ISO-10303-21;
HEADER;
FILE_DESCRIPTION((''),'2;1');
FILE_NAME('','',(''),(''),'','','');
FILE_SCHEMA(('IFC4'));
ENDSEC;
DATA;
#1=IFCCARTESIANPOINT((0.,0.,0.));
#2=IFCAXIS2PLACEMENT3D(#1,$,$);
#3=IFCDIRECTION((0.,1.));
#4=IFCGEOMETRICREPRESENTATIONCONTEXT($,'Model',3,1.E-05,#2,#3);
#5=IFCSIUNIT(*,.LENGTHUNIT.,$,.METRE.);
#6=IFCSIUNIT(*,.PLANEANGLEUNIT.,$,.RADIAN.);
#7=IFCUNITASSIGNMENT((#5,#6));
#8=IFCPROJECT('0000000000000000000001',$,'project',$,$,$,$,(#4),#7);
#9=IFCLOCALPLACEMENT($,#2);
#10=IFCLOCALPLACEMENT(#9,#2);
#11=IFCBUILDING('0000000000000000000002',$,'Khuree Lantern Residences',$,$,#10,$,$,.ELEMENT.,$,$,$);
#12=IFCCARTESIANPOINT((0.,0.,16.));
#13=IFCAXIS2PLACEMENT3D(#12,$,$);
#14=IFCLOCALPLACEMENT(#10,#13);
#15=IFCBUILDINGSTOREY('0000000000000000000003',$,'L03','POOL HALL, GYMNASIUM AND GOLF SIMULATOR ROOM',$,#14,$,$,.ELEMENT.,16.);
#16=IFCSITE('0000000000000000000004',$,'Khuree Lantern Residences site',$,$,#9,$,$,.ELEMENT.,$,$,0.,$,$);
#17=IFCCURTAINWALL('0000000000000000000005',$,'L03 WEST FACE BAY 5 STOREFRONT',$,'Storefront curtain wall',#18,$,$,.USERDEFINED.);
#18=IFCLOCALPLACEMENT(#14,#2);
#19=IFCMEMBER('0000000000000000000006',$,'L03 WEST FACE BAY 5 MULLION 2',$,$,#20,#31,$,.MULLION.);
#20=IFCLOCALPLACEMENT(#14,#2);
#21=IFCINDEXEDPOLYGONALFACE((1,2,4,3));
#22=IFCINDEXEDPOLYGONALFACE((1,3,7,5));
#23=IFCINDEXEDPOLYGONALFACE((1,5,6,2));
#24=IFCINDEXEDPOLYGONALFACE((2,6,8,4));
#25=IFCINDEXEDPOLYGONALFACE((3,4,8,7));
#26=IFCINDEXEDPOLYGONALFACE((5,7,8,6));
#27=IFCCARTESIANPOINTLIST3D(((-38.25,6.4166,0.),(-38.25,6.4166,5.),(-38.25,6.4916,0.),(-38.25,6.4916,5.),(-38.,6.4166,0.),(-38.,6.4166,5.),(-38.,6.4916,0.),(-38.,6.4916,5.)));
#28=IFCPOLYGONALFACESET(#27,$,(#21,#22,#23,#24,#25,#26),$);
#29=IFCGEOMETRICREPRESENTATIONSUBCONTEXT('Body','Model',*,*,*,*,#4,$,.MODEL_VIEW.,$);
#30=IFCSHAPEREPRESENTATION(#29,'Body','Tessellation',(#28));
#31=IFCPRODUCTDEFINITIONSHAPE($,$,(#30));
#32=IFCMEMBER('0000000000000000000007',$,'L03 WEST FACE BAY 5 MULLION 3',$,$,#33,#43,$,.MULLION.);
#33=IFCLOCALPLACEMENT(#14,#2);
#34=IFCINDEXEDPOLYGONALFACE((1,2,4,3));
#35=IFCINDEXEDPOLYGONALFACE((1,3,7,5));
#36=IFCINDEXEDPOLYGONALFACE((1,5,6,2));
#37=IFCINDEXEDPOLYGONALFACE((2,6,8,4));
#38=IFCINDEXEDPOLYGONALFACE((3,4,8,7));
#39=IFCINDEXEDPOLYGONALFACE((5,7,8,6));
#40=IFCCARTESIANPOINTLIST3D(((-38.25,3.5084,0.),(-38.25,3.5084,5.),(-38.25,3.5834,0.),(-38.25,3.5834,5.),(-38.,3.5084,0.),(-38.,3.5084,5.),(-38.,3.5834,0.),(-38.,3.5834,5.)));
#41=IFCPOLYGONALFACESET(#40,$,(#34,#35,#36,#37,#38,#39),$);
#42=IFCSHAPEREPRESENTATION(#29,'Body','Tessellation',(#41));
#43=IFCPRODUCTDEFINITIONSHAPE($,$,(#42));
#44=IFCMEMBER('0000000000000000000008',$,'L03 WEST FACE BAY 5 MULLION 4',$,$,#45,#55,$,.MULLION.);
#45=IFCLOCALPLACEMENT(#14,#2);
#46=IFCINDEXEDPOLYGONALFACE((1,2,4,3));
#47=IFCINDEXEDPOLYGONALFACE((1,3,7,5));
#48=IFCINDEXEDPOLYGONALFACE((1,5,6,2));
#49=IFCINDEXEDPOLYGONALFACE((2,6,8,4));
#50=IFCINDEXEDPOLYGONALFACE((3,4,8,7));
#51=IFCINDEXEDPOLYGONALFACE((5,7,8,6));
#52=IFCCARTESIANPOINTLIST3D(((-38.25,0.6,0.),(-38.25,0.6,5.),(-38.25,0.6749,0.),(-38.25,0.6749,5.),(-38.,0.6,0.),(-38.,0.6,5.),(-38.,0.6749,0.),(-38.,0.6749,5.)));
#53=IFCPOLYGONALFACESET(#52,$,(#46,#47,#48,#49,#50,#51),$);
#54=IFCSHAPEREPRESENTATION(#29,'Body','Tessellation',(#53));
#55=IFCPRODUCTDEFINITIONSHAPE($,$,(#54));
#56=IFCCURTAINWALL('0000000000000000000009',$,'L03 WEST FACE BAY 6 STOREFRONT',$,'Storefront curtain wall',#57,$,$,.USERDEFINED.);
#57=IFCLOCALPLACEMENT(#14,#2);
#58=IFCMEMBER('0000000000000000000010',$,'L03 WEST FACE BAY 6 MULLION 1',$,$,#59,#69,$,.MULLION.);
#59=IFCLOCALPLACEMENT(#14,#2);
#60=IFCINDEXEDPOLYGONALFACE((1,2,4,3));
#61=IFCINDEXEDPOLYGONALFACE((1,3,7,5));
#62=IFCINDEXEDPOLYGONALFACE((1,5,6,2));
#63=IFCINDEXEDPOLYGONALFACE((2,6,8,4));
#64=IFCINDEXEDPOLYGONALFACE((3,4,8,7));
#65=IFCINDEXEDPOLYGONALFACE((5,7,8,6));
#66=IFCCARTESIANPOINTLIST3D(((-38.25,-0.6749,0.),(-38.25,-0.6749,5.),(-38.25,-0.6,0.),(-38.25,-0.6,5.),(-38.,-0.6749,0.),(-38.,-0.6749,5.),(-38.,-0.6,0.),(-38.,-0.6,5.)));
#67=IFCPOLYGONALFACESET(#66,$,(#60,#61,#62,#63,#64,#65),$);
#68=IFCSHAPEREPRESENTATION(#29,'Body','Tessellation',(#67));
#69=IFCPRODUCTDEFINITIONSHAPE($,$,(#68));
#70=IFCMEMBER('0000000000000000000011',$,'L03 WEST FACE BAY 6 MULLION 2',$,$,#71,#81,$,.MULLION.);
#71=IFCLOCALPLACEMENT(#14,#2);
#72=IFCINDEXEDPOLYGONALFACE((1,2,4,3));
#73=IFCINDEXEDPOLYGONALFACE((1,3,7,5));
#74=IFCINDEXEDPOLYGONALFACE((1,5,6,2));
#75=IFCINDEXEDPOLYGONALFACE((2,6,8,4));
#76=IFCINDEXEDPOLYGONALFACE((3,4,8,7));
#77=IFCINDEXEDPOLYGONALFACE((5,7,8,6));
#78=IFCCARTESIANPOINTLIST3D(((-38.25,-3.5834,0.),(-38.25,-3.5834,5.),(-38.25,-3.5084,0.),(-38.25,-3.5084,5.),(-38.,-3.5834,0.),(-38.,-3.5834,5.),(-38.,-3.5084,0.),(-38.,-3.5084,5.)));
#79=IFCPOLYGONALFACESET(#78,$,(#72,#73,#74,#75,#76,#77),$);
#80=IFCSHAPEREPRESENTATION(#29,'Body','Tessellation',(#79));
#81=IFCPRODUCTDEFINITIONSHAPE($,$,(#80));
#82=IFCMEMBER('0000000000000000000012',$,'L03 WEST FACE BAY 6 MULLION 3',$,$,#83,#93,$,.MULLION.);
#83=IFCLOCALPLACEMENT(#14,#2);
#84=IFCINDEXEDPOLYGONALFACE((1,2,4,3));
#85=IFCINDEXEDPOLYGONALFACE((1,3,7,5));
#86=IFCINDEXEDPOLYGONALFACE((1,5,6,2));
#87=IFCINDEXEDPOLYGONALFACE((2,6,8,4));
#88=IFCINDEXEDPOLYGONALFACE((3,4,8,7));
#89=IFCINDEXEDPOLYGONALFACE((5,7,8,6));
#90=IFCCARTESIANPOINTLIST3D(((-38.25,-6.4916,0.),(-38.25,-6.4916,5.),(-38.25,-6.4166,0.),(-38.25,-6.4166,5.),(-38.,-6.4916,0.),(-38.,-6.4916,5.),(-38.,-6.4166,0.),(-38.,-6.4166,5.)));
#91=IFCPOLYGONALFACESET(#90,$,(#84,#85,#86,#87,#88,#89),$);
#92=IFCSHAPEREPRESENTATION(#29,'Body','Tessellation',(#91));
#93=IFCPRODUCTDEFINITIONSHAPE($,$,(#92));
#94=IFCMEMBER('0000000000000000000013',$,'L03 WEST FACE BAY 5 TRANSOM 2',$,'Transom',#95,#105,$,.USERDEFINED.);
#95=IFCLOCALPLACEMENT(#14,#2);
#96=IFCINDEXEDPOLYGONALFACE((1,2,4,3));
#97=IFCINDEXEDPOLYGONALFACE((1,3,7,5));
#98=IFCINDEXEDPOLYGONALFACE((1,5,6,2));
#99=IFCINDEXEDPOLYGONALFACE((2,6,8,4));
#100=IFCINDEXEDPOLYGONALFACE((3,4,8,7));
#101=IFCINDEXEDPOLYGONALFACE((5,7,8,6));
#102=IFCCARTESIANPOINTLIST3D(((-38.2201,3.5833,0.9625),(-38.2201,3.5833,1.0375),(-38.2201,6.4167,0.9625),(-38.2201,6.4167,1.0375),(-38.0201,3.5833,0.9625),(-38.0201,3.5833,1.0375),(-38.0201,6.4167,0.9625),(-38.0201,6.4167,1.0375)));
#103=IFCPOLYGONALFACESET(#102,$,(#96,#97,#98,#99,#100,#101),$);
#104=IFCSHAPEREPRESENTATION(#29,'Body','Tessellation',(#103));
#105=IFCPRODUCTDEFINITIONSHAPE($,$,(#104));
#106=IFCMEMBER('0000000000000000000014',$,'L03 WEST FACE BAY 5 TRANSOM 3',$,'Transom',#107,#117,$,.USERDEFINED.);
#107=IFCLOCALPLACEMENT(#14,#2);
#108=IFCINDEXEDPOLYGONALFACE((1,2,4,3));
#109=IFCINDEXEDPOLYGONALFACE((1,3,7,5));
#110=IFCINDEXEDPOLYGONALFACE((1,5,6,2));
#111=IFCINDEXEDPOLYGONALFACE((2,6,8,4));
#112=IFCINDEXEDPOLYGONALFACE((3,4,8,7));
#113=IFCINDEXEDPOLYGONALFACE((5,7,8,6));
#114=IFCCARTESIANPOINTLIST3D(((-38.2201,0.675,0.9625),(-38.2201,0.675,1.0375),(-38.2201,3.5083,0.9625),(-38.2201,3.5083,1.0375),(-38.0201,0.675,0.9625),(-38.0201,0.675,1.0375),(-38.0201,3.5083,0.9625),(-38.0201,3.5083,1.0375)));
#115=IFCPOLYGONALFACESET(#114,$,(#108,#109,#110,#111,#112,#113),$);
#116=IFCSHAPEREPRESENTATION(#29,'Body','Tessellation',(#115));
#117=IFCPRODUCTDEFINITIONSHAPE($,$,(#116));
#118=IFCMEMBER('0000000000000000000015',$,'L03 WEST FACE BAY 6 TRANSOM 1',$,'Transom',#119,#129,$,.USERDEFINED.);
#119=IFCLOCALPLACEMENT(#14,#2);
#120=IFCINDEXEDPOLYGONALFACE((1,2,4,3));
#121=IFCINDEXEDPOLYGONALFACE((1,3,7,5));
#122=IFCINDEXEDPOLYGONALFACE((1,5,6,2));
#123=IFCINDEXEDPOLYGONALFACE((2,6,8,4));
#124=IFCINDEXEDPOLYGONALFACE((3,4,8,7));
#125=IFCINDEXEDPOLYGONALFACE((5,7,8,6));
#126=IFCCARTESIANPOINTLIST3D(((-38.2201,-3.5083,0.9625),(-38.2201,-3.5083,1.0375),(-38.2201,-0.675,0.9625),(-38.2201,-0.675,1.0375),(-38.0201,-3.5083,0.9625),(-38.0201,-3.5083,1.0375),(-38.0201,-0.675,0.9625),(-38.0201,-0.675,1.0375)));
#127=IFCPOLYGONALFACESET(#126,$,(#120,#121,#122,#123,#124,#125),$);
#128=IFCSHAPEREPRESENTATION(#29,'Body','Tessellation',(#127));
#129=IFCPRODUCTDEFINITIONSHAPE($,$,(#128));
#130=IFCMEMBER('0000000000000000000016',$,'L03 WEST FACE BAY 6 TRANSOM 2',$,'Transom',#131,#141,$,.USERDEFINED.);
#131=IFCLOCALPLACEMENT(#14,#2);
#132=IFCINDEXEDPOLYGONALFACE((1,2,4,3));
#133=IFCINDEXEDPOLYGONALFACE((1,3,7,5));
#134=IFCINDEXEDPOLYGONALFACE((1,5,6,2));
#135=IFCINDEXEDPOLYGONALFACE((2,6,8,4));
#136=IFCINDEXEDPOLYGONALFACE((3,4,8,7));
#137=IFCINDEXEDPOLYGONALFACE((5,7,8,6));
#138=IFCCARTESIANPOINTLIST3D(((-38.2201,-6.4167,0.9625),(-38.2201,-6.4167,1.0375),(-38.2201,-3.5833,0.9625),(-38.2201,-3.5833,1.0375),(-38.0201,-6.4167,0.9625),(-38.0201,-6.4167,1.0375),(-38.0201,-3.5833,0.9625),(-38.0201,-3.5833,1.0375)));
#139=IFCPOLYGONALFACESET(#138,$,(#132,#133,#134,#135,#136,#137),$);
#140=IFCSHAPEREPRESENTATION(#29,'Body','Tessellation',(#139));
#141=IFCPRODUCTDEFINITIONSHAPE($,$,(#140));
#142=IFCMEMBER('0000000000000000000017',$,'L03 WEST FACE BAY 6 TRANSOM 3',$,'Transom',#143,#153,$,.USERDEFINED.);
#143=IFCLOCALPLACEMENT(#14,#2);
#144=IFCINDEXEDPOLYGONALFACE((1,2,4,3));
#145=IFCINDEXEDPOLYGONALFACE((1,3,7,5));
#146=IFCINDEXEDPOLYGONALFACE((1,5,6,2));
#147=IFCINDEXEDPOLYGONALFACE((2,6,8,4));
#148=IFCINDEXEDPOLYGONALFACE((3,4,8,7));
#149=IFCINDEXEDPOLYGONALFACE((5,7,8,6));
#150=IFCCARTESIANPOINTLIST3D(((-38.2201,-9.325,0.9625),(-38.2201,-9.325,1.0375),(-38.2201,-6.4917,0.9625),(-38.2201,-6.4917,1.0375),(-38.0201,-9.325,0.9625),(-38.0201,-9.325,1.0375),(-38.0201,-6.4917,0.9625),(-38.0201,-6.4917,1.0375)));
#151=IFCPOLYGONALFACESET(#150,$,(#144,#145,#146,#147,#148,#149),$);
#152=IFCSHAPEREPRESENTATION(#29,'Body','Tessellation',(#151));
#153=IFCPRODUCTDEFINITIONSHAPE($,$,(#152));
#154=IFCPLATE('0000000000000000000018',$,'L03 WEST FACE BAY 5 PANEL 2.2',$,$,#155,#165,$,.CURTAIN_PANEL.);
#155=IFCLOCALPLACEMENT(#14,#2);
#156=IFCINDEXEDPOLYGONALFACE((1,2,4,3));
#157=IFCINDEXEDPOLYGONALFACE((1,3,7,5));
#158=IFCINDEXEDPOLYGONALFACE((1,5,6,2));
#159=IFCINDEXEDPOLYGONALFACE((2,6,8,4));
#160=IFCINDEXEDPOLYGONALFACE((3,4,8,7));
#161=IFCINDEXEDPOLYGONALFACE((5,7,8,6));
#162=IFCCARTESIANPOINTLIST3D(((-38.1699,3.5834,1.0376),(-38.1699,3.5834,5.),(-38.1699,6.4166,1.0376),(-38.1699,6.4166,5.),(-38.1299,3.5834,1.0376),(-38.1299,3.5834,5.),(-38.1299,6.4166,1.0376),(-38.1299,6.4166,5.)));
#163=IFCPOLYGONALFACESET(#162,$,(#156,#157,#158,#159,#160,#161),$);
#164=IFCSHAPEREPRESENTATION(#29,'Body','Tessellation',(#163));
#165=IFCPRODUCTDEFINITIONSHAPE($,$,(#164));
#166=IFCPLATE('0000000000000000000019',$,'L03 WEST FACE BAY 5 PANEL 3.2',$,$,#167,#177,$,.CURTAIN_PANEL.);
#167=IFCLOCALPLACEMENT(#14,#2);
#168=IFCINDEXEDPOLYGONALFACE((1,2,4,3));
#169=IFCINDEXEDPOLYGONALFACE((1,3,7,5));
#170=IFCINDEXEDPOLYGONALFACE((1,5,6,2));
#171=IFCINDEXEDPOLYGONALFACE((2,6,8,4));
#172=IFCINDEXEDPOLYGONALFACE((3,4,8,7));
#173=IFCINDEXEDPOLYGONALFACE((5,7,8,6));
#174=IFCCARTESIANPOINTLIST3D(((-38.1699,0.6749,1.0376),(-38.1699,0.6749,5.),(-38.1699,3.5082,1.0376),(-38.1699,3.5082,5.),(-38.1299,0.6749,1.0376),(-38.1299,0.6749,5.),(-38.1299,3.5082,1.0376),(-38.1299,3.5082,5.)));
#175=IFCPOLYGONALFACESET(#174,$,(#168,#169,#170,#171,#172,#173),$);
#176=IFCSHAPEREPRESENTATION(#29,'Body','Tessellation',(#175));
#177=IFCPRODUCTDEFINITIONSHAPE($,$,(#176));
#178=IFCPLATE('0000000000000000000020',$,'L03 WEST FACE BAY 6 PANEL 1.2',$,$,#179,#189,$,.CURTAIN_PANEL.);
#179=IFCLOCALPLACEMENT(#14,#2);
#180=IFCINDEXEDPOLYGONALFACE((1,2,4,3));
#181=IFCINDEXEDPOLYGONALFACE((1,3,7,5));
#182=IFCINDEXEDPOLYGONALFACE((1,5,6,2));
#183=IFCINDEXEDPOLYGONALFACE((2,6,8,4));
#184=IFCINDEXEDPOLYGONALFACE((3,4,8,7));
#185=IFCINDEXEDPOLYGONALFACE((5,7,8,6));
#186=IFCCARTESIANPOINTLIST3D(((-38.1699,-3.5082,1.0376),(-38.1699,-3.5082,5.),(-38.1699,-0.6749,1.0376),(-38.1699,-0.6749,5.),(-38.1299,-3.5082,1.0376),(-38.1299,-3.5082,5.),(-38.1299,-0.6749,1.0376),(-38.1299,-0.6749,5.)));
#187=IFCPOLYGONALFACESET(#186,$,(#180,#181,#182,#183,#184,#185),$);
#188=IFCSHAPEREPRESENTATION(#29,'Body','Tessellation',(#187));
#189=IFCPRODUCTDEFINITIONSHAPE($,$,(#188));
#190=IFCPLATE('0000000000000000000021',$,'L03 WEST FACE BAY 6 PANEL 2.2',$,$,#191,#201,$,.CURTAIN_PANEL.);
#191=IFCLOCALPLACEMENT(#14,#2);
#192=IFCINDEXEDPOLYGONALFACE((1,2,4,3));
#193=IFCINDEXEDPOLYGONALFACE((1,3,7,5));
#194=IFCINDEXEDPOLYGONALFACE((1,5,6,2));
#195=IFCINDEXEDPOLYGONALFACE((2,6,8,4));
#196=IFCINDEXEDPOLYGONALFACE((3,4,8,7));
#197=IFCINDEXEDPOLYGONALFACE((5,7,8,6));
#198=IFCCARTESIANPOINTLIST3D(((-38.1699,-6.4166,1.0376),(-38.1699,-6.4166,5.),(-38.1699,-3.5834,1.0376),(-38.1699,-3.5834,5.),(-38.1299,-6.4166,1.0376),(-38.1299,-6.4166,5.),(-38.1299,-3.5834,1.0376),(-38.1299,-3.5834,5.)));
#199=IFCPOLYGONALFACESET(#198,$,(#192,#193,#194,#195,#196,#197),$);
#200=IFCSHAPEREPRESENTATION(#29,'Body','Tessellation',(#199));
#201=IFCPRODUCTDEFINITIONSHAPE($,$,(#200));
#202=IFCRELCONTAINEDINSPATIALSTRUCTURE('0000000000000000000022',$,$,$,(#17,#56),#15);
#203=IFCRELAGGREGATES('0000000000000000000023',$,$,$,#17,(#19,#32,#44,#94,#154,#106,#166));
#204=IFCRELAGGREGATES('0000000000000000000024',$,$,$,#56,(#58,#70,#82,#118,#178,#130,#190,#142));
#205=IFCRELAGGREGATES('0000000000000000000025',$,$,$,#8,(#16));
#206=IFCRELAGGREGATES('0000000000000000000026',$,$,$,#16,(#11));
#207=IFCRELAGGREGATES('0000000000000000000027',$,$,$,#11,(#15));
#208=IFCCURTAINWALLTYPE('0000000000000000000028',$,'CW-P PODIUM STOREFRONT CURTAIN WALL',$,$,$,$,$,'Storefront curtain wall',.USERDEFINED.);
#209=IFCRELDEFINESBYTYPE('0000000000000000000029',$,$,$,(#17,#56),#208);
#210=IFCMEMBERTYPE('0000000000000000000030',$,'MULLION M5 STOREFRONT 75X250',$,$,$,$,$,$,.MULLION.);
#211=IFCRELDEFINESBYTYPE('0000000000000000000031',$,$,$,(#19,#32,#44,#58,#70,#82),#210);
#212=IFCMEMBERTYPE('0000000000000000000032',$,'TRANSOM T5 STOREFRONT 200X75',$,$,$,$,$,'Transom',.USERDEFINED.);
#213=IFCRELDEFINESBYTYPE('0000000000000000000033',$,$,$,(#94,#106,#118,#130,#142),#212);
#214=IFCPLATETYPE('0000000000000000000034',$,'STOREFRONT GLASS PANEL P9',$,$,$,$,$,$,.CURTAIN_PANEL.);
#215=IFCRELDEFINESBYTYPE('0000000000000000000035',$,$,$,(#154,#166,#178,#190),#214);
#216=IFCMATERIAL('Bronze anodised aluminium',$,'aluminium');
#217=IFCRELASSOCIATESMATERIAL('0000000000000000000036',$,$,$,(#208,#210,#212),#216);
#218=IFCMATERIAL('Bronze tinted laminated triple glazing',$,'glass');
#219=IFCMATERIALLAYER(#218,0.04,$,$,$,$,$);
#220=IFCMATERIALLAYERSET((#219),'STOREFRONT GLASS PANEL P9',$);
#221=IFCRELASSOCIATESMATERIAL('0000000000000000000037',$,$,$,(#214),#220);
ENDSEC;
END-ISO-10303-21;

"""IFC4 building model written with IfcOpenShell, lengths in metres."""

from ifc_helpers import new_model, si_unit, direction, frame, origin, origin_2d, place, context, subcontext, project, spatial, rectangle, extrude, material, layer, layer_set, material_profile, profile_set, type_object, element, aggregate, save


model = new_model("IFC4")

# Units and contexts
model_context = context("Model", 3, precision=1e-05, world=origin(), true_north=direction((0.0, 1.0)))
body_context = subcontext(model_context, "Body", "Model", "MODEL_VIEW")
ifc_project = project(units=[si_unit("LENGTHUNIT", "METRE"), si_unit("PLANEANGLEUNIT", "RADIAN")], contexts=[model_context])

# Site, building, storey
site_placement = place(None, origin())
site = spatial("IfcSite", under=ifc_project, at=site_placement, Name="Khuree Lantern Residences site", CompositionType="ELEMENT", RefElevation=0.0)
building_placement = place(site_placement, origin())
building = spatial("IfcBuilding", under=site, at=building_placement, Name="Khuree Lantern Residences", CompositionType="ELEMENT")
storey_placement = place(building_placement, frame((0.0, 0.0, 16.0)))
storey = spatial("IfcBuildingStorey", under=building, at=storey_placement, Name="L03", Description="POOL HALL, GYMNASIUM AND GOLF SIMULATOR ROOM", CompositionType="ELEMENT", Elevation=16.0)

# Curtain walls, members
ifc_material_1 = material(Name="Bronze anodised aluminium", Category="aluminium")
curtain_wall_type = type_object("IfcCurtainWallType", Name="CW-P PODIUM STOREFRONT CURTAIN WALL", ElementType="Storefront curtain wall", PredefinedType="USERDEFINED", material=ifc_material_1)
curtain_wall_1_placement = place(storey_placement, origin())
curtain_wall_1 = element("IfcCurtainWall", 1, at=curtain_wall_1_placement, inside=storey, type_object=curtain_wall_type, Name="L03 WEST FACE BAY 5 STOREFRONT", ObjectType="Storefront curtain wall", PredefinedType="USERDEFINED")
ifc_material_profile_1 = material_profile(ifc_material_1, rectangle(XDim=0.075, YDim=0.25, at=origin_2d()), Name="M5 75X250")
ifc_profile_set_1 = profile_set([ifc_material_profile_1], Name="Bronze anodised aluminium")
member_type_1 = type_object("IfcMemberType", Name="MULLION M5 STOREFRONT 75X250", PredefinedType="MULLION", material=ifc_profile_set_1)
member_1_placement = place(storey_placement, frame((-38.125, 6.4541, 0.0), z_axis=(0.0, 0.0, 1.0), x_axis=(0.0, -1.0, 0.0)))
member_1 = element("IfcMember", 2, at=member_1_placement, type_object=member_type_1, Name="L03 WEST FACE BAY 5 MULLION 2", PredefinedType="MULLION", context=body_context, shape_type="SweptSolid", body=[
    extrude(rectangle(XDim=0.075, YDim=0.25, at=origin_2d()), origin(), (0.0, 0.0, 1.0), 5.0),
])
member_2_placement = place(storey_placement, frame((-38.125, 3.5459, 0.0), z_axis=(0.0, 0.0, 1.0), x_axis=(0.0, -1.0, 0.0)))
member_2 = element("IfcMember", 3, at=member_2_placement, type_object=member_type_1, Name="L03 WEST FACE BAY 5 MULLION 3", PredefinedType="MULLION", context=body_context, shape_type="SweptSolid", body=[
    extrude(rectangle(XDim=0.075, YDim=0.25, at=origin_2d()), origin(), (0.0, 0.0, 1.0), 5.0),
])
member_3_placement = place(storey_placement, frame((-38.125, 0.6375, 0.0), z_axis=(0.0, 0.0, 1.0), x_axis=(0.0, -1.0, 0.0)))
member_3 = element("IfcMember", 4, at=member_3_placement, type_object=member_type_1, Name="L03 WEST FACE BAY 5 MULLION 4", PredefinedType="MULLION", context=body_context, shape_type="SweptSolid", body=[
    extrude(rectangle(XDim=0.075, YDim=0.25, at=origin_2d()), origin(), (0.0, 0.0, 1.0), 5.0),
])
curtain_wall_2_placement = place(storey_placement, origin())
curtain_wall_2 = element("IfcCurtainWall", 5, at=curtain_wall_2_placement, inside=storey, type_object=curtain_wall_type, Name="L03 WEST FACE BAY 6 STOREFRONT", ObjectType="Storefront curtain wall", PredefinedType="USERDEFINED")
member_4_placement = place(storey_placement, frame((-38.125, -0.6375, 0.0), z_axis=(0.0, 0.0, 1.0), x_axis=(0.0, -1.0, 0.0)))
member_4 = element("IfcMember", 6, at=member_4_placement, type_object=member_type_1, Name="L03 WEST FACE BAY 6 MULLION 1", PredefinedType="MULLION", context=body_context, shape_type="SweptSolid", body=[
    extrude(rectangle(XDim=0.075, YDim=0.25, at=origin_2d()), origin(), (0.0, 0.0, 1.0), 5.0),
])
member_5_placement = place(storey_placement, frame((-38.125, -3.5459, 0.0), z_axis=(0.0, 0.0, 1.0), x_axis=(0.0, -1.0, 0.0)))
member_5 = element("IfcMember", 7, at=member_5_placement, type_object=member_type_1, Name="L03 WEST FACE BAY 6 MULLION 2", PredefinedType="MULLION", context=body_context, shape_type="SweptSolid", body=[
    extrude(rectangle(XDim=0.075, YDim=0.25, at=origin_2d()), origin(), (0.0, 0.0, 1.0), 5.0),
])
member_6_placement = place(storey_placement, frame((-38.125, -6.4541, 0.0), z_axis=(0.0, 0.0, 1.0), x_axis=(0.0, -1.0, 0.0)))
member_6 = element("IfcMember", 8, at=member_6_placement, type_object=member_type_1, Name="L03 WEST FACE BAY 6 MULLION 3", PredefinedType="MULLION", context=body_context, shape_type="SweptSolid", body=[
    extrude(rectangle(XDim=0.075, YDim=0.25, at=origin_2d()), origin(), (0.0, 0.0, 1.0), 5.0),
])

# Members
ifc_material_profile_2 = material_profile(ifc_material_1, rectangle(XDim=0.2, YDim=0.075, at=origin_2d()), Name="T5 200X75")
ifc_profile_set_2 = profile_set([ifc_material_profile_2], Name="Bronze anodised aluminium")
member_type_2 = type_object("IfcMemberType", Name="TRANSOM T5 STOREFRONT 200X75", ElementType="Transom", PredefinedType="USERDEFINED", material=ifc_profile_set_2)
member_7_placement = place(storey_placement, frame((-38.1201, 6.4167, 1.0), z_axis=(0.0, -1.0, 0.0), x_axis=(1.0, 0.0, 0.0)))
member_7 = element("IfcMember", 9, at=member_7_placement, type_object=member_type_2, Name="L03 WEST FACE BAY 5 TRANSOM 2", ObjectType="Transom", PredefinedType="USERDEFINED", context=body_context, shape_type="SweptSolid", body=[
    extrude(rectangle(XDim=0.2, YDim=0.075, at=origin_2d()), origin(), (0.0, 0.0, 1.0), 2.8335),
])
member_8_placement = place(storey_placement, frame((-38.1201, 3.5083, 1.0), z_axis=(0.0, -1.0, 0.0), x_axis=(1.0, 0.0, 0.0)))
member_8 = element("IfcMember", 10, at=member_8_placement, type_object=member_type_2, Name="L03 WEST FACE BAY 5 TRANSOM 3", ObjectType="Transom", PredefinedType="USERDEFINED", context=body_context, shape_type="SweptSolid", body=[
    extrude(rectangle(XDim=0.2, YDim=0.075, at=origin_2d()), origin(), (0.0, 0.0, 1.0), 2.8333),
])
member_9_placement = place(storey_placement, frame((-38.1201, -0.675, 1.0), z_axis=(0.0, -1.0, 0.0), x_axis=(1.0, 0.0, 0.0)))
member_9 = element("IfcMember", 11, at=member_9_placement, type_object=member_type_2, Name="L03 WEST FACE BAY 6 TRANSOM 1", ObjectType="Transom", PredefinedType="USERDEFINED", context=body_context, shape_type="SweptSolid", body=[
    extrude(rectangle(XDim=0.2, YDim=0.075, at=origin_2d()), origin(), (0.0, 0.0, 1.0), 2.8333),
])
member_10_placement = place(storey_placement, frame((-38.1201, -3.5833, 1.0), z_axis=(0.0, -1.0, 0.0), x_axis=(1.0, 0.0, 0.0)))
member_10 = element("IfcMember", 12, at=member_10_placement, type_object=member_type_2, Name="L03 WEST FACE BAY 6 TRANSOM 2", ObjectType="Transom", PredefinedType="USERDEFINED", context=body_context, shape_type="SweptSolid", body=[
    extrude(rectangle(XDim=0.2, YDim=0.075, at=origin_2d()), origin(), (0.0, 0.0, 1.0), 2.8335),
])
member_11_placement = place(storey_placement, frame((-38.1201, -6.4917, 1.0), z_axis=(0.0, -1.0, 0.0), x_axis=(1.0, 0.0, 0.0)))
member_11 = element("IfcMember", 13, at=member_11_placement, type_object=member_type_2, Name="L03 WEST FACE BAY 6 TRANSOM 3", ObjectType="Transom", PredefinedType="USERDEFINED", context=body_context, shape_type="SweptSolid", body=[
    extrude(rectangle(XDim=0.2, YDim=0.075, at=origin_2d()), origin(), (0.0, 0.0, 1.0), 2.8333),
])

# Plates
ifc_material_2 = material(Name="Bronze tinted laminated triple glazing", Category="glass")
ifc_layer_1 = layer(ifc_material_2, 0.04)
ifc_layer_set_1 = layer_set([ifc_layer_1], Name="STOREFRONT GLASS PANEL P9")
plate_type_1 = type_object("IfcPlateType", Name="STOREFRONT GLASS PANEL P9", PredefinedType="CURTAIN_PANEL", material=ifc_layer_set_1)
plate_1_placement = place(storey_placement, frame((-38.1499, 5.0, 1.0376), z_axis=(0.0, 0.0, 1.0), x_axis=(0.0, -1.0, 0.0)))
plate_1 = element("IfcPlate", 14, at=plate_1_placement, type_object=plate_type_1, Name="L03 WEST FACE BAY 5 PANEL 2.2", PredefinedType="CURTAIN_PANEL", context=body_context, shape_type="SweptSolid", body=[
    extrude(rectangle(XDim=2.8333, YDim=0.04, at=origin_2d()), origin(), (0.0, 0.0, 1.0), 3.9624),
])
plate_2_placement = place(storey_placement, frame((-38.1499, 2.0916, 1.0376), z_axis=(0.0, 0.0, 1.0), x_axis=(0.0, -1.0, 0.0)))
plate_2 = element("IfcPlate", 15, at=plate_2_placement, type_object=plate_type_1, Name="L03 WEST FACE BAY 5 PANEL 3.2", PredefinedType="CURTAIN_PANEL", context=body_context, shape_type="SweptSolid", body=[
    extrude(rectangle(XDim=2.8333, YDim=0.04, at=origin_2d()), origin(), (0.0, 0.0, 1.0), 3.9624),
])
plate_3_placement = place(storey_placement, frame((-38.1499, -2.0916, 1.0376), z_axis=(0.0, 0.0, 1.0), x_axis=(0.0, -1.0, 0.0)))
plate_3 = element("IfcPlate", 16, at=plate_3_placement, type_object=plate_type_1, Name="L03 WEST FACE BAY 6 PANEL 1.2", PredefinedType="CURTAIN_PANEL", context=body_context, shape_type="SweptSolid", body=[
    extrude(rectangle(XDim=2.8333, YDim=0.04, at=origin_2d()), origin(), (0.0, 0.0, 1.0), 3.9624),
])
plate_4_placement = place(storey_placement, frame((-38.1499, -5.0, 1.0376), z_axis=(0.0, 0.0, 1.0), x_axis=(0.0, -1.0, 0.0)))
plate_4 = element("IfcPlate", 17, at=plate_4_placement, type_object=plate_type_1, Name="L03 WEST FACE BAY 6 PANEL 2.2", PredefinedType="CURTAIN_PANEL", context=body_context, shape_type="SweptSolid", body=[
    extrude(rectangle(XDim=2.8333, YDim=0.04, at=origin_2d()), origin(), (0.0, 0.0, 1.0), 3.9624),
])
aggregate(curtain_wall_1, [member_1, member_2, member_3, member_7, plate_1, member_8, plate_2])
aggregate(curtain_wall_2, [member_4, member_5, member_6, member_9, plate_3, member_10, plate_4, member_11])

save(model, "model.ifc")
